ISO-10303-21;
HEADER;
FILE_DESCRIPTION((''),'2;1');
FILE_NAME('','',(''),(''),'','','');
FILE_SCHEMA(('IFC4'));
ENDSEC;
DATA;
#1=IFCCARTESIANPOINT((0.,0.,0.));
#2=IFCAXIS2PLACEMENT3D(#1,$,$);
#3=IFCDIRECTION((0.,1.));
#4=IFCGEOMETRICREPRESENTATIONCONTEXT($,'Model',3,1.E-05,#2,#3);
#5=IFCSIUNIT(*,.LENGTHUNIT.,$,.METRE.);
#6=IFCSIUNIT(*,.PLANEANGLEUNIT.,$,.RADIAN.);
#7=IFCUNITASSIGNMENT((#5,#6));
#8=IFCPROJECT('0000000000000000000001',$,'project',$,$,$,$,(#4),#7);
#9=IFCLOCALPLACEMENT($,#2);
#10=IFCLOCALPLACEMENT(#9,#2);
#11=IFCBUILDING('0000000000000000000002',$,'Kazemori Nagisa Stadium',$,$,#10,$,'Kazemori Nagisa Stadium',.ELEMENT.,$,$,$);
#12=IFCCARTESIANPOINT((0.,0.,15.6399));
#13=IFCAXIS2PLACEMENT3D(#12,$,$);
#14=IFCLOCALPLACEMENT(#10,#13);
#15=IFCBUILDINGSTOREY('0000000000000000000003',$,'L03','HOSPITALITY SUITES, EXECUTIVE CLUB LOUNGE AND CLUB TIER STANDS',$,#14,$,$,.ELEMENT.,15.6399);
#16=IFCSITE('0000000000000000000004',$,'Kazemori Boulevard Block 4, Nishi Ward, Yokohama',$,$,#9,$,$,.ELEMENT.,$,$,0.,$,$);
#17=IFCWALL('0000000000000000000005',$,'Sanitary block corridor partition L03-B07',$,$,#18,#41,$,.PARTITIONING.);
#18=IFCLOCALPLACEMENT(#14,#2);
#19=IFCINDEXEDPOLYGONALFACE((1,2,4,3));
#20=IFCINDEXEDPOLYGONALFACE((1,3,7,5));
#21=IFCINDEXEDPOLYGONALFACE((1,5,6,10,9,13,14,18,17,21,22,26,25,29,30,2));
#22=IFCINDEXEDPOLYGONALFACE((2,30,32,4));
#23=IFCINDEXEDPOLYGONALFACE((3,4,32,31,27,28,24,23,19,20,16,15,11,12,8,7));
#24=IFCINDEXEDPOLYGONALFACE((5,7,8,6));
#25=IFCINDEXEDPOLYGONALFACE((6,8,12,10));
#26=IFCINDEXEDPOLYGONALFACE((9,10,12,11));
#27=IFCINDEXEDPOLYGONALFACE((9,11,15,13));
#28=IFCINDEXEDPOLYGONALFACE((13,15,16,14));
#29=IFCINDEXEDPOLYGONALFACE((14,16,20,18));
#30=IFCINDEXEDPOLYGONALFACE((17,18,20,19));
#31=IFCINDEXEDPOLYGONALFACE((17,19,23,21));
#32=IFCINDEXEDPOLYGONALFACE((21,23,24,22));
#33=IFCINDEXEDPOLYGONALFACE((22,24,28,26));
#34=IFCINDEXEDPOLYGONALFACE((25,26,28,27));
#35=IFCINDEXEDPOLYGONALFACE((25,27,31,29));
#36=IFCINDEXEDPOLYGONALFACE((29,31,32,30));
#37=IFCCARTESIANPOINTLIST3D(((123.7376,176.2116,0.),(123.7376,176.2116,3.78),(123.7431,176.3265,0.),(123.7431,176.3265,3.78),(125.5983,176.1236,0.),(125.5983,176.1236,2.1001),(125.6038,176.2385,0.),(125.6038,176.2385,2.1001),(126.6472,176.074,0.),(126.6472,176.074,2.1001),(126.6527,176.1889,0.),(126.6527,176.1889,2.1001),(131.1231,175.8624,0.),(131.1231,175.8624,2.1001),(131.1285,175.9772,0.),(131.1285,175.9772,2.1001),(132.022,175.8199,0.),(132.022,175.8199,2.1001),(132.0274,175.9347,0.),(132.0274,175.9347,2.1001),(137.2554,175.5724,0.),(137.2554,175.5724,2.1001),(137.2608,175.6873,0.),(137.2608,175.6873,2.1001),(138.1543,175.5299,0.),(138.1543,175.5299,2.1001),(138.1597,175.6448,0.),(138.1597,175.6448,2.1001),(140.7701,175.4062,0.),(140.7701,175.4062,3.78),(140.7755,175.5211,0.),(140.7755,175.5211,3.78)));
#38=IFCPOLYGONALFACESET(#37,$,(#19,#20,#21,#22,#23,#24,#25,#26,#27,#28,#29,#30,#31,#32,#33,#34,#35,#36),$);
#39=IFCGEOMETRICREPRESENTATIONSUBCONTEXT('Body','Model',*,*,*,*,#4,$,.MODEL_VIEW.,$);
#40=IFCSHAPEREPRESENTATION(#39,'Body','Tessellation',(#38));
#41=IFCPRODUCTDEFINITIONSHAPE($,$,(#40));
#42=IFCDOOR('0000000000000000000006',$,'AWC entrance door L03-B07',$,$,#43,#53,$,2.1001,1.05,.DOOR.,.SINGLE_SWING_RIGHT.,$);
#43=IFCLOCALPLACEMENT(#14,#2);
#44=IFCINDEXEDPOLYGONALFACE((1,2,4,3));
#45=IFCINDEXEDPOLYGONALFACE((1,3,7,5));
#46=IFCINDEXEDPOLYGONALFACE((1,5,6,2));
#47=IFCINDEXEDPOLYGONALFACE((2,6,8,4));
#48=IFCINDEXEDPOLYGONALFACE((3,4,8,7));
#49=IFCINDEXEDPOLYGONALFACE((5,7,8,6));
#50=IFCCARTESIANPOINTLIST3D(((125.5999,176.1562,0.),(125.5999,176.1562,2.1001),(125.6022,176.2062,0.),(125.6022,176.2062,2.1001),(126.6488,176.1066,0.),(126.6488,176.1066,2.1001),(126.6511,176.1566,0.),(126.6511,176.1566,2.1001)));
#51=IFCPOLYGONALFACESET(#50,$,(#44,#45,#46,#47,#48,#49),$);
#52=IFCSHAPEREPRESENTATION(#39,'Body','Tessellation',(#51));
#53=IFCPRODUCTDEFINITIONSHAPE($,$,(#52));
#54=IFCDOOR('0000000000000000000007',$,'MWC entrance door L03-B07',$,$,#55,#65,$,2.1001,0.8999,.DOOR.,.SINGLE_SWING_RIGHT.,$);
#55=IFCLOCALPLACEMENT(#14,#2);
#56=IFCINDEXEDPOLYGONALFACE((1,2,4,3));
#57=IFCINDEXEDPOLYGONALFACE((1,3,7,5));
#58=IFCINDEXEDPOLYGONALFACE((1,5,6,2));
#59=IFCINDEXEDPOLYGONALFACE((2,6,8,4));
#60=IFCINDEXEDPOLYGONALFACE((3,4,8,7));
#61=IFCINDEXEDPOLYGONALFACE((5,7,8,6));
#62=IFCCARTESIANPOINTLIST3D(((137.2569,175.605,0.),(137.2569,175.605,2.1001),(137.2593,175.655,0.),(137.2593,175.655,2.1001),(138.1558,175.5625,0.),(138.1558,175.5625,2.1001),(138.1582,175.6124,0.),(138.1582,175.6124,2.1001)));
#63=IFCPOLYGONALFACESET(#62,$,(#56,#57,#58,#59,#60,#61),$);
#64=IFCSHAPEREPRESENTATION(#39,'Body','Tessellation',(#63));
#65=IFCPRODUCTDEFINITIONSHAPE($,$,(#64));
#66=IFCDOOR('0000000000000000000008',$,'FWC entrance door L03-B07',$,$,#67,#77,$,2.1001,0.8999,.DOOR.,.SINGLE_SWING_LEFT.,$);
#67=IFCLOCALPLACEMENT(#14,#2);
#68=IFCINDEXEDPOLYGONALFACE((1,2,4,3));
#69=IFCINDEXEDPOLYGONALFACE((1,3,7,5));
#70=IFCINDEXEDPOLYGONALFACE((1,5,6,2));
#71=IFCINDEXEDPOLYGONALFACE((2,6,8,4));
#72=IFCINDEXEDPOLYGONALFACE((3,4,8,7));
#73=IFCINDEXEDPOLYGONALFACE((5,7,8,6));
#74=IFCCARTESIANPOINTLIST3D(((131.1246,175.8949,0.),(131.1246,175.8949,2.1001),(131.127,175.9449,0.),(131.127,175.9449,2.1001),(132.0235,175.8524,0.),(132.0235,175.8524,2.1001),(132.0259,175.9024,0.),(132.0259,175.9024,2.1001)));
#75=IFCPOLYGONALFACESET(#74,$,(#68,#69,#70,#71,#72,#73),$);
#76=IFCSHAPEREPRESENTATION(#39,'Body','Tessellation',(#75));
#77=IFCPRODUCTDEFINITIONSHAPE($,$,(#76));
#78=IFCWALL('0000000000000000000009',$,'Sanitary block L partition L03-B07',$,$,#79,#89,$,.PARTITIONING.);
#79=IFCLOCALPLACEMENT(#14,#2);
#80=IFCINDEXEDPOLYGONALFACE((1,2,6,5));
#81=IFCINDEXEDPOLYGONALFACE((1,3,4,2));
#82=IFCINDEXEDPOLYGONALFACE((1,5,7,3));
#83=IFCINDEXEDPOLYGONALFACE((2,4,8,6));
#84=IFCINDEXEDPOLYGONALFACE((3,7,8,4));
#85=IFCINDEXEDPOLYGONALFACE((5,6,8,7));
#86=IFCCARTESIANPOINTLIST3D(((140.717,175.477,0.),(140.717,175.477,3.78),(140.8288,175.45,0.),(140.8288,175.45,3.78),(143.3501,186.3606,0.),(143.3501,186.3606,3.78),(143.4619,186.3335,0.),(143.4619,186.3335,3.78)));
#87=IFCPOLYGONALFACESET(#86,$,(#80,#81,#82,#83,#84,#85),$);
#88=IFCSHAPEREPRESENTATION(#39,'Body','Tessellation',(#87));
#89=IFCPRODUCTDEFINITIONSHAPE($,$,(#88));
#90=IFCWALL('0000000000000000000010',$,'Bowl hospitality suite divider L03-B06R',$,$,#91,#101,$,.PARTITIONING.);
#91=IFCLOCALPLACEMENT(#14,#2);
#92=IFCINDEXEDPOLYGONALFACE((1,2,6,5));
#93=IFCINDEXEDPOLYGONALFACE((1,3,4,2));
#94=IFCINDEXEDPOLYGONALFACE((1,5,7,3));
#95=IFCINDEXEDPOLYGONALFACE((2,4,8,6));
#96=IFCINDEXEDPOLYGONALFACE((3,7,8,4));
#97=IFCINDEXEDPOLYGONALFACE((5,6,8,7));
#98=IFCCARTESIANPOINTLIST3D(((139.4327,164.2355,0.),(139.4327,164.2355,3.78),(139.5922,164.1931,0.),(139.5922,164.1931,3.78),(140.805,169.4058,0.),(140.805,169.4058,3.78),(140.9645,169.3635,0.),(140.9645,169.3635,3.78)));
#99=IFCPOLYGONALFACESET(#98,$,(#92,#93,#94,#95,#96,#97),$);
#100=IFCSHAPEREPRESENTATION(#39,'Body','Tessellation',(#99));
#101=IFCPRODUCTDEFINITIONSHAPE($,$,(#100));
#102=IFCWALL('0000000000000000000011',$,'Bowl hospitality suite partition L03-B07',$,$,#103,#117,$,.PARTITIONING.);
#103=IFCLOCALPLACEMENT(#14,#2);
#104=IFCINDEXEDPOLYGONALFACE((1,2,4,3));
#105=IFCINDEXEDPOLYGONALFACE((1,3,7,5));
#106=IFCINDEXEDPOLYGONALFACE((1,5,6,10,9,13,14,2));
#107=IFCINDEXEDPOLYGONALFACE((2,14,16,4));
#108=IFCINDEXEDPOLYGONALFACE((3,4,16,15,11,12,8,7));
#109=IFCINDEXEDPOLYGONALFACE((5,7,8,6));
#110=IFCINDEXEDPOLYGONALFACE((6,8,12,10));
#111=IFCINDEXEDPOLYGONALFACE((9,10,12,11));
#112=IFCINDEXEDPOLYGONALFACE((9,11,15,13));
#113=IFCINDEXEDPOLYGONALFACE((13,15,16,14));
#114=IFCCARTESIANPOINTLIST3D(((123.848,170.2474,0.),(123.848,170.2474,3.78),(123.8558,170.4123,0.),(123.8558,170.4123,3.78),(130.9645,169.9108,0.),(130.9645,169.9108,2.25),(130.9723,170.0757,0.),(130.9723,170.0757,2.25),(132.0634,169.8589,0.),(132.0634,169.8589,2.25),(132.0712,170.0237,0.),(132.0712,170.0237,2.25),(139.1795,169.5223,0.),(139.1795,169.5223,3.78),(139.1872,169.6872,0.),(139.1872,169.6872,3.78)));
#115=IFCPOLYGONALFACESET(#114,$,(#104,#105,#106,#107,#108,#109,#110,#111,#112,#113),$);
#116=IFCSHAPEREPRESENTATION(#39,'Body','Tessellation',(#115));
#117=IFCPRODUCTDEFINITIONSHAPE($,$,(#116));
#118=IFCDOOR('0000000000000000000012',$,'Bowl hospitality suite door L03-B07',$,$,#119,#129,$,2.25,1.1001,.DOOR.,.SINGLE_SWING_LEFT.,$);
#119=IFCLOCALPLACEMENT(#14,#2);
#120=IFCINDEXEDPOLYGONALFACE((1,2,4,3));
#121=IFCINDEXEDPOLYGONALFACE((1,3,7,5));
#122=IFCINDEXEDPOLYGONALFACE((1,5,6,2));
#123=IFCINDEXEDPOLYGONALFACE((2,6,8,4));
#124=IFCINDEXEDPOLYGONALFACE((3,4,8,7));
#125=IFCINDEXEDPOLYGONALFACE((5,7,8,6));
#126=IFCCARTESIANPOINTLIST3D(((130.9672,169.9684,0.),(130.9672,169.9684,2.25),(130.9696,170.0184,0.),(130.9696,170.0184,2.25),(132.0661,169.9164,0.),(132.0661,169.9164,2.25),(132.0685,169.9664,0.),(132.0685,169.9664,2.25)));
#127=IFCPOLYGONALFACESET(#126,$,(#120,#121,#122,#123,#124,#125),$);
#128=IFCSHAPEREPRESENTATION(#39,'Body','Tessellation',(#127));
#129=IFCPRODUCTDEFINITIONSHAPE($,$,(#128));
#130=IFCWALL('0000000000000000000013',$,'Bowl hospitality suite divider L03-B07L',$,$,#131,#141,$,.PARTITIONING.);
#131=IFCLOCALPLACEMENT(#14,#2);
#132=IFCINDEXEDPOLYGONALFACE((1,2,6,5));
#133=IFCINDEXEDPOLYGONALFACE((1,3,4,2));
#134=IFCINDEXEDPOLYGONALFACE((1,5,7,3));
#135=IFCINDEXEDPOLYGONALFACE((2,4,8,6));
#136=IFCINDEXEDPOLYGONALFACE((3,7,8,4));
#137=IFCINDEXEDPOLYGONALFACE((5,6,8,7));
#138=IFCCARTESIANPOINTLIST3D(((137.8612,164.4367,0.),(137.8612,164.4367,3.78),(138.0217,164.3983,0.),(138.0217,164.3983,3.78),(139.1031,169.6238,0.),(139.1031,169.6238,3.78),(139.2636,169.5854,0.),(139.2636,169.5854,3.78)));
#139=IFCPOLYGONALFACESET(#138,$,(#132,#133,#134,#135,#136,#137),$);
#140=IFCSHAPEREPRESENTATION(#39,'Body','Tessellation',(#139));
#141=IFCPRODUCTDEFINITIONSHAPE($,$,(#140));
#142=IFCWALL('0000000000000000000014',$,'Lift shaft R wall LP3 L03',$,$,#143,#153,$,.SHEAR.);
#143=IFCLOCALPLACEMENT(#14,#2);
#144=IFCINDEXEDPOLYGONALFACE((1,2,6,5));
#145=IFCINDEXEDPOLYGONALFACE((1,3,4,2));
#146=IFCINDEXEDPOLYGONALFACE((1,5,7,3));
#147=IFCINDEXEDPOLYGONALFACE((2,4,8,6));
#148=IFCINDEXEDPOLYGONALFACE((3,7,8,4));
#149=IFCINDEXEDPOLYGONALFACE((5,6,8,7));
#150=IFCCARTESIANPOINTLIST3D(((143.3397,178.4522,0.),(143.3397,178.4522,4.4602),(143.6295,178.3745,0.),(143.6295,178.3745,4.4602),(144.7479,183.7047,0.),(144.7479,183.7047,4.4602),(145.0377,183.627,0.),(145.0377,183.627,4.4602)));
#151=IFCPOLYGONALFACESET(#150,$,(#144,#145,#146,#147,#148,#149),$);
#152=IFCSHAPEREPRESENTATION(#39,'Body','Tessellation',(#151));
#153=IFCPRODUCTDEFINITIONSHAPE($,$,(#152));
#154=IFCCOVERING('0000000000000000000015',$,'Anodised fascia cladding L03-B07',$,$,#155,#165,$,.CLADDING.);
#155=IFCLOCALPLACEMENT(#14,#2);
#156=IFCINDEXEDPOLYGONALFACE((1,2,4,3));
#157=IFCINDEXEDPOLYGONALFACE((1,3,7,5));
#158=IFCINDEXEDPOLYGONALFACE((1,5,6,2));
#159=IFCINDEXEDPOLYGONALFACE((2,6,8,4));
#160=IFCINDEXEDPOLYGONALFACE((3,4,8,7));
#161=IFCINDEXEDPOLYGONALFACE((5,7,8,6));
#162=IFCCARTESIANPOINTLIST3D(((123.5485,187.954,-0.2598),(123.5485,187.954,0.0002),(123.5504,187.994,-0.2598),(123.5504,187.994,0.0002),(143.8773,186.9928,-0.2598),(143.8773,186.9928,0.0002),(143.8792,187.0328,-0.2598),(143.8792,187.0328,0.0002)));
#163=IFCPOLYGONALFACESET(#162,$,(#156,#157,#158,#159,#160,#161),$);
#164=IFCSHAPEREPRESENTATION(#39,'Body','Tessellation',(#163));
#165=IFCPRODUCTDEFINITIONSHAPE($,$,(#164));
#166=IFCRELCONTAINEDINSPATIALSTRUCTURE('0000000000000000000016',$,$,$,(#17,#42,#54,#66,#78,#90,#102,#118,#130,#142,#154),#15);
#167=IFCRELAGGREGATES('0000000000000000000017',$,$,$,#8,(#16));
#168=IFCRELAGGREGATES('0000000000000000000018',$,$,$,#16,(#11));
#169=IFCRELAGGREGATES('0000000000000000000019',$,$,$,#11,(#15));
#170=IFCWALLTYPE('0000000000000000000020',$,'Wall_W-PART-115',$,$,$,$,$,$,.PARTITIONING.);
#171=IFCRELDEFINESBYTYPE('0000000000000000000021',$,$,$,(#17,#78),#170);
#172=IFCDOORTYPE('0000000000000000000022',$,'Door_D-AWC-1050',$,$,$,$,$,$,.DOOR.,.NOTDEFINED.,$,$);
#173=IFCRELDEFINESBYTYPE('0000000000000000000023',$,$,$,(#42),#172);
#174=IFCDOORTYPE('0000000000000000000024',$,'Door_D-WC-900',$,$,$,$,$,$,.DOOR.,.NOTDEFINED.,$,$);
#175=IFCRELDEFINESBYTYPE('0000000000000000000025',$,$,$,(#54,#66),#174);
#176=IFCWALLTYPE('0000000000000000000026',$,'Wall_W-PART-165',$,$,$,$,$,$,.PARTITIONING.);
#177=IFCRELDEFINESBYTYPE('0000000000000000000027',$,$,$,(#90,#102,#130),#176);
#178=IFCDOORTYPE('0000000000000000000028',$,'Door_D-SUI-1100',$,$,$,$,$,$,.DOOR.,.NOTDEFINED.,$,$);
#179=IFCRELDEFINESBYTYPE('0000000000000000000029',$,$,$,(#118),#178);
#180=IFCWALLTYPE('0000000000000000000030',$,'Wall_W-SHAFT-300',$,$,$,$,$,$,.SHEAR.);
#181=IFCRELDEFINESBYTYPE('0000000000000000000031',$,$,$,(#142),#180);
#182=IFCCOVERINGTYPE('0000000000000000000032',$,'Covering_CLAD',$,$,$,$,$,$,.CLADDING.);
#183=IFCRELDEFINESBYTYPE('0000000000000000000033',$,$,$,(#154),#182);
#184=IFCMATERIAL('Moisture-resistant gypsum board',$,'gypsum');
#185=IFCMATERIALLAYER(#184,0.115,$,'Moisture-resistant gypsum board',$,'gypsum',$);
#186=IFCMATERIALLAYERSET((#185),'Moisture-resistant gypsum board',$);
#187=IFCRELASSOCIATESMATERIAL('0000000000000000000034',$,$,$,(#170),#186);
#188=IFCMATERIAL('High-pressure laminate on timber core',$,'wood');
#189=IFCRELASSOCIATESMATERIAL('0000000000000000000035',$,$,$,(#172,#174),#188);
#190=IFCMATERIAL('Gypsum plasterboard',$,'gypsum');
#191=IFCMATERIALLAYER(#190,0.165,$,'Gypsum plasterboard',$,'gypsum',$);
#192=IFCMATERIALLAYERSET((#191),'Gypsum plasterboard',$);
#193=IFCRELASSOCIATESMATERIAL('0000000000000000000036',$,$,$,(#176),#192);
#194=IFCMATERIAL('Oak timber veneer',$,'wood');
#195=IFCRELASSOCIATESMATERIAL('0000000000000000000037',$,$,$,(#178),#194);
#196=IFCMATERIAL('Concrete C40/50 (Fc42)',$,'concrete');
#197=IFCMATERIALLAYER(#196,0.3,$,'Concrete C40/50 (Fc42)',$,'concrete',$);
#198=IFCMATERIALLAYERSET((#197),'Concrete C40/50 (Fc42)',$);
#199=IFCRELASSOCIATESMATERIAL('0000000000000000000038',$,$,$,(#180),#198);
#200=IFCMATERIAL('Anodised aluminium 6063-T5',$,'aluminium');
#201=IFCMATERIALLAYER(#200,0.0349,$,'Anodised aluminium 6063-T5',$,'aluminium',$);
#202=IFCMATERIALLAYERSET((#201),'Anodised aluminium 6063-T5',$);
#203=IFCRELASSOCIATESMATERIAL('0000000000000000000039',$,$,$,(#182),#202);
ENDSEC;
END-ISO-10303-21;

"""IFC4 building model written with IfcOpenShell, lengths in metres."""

from ifc_helpers import new_model, si_unit, direction, frame, frame_2d, origin, origin_2d, place, context, subcontext, project, spatial, rectangle, extrude, material, layer, layer_set, type_object, element, fill, save


model = new_model("IFC4")

# Units and contexts
model_context = context("Model", 3, precision=1e-05, world=origin(), true_north=direction((0.0, 1.0)))
body_context = subcontext(model_context, "Body", "Model", "MODEL_VIEW")
ifc_project = project(units=[si_unit("LENGTHUNIT", "METRE"), si_unit("PLANEANGLEUNIT", "RADIAN")], contexts=[model_context])

# Site, building, storey
site_placement = place(None, origin())
site = spatial("IfcSite", under=ifc_project, at=site_placement, Name="Kazemori Boulevard Block 4, Nishi Ward, Yokohama", CompositionType="ELEMENT", RefElevation=0.0)
building_placement = place(site_placement, origin())
building = spatial("IfcBuilding", under=site, at=building_placement, Name="Kazemori Nagisa Stadium", LongName="Kazemori Nagisa Stadium", CompositionType="ELEMENT")
storey_placement = place(building_placement, frame((0.0, 0.0, 15.6399)))
storey = spatial("IfcBuildingStorey", under=building, at=storey_placement, Name="L03", Description="HOSPITALITY SUITES, EXECUTIVE CLUB LOUNGE AND CLUB TIER STANDS", CompositionType="ELEMENT", Elevation=15.6399)

# Shared definitions
ifc_material_1 = material(Name="Concrete C40/50 (Fc42)", Category="concrete")

# Shared definitions
ifc_material_2 = material(Name="Anodised aluminium 6063-T5", Category="aluminium")

# Wall, openings, doors
ifc_material_3 = material(Name="Moisture-resistant gypsum board", Category="gypsum")
ifc_layer_1 = layer(ifc_material_3, 0.115, Name="Moisture-resistant gypsum board", Category="gypsum")
ifc_layer_set_1 = layer_set([ifc_layer_1], Name="Moisture-resistant gypsum board")
wall_type_1 = type_object("IfcWallType", Name="Wall_W-PART-115", PredefinedType="PARTITIONING", material=ifc_layer_set_1)
wall_1_placement = place(storey_placement, frame((140.7729, 175.4636, 0.0), z_axis=(0.0, 0.0, 1.0), x_axis=(-0.998884, 0.047235, 0.0)))
wall_1 = element("IfcWall", 1, at=wall_1_placement, inside=storey, type_object=wall_type_1, Name="Sanitary block corridor partition L03-B07", PredefinedType="PARTITIONING", context=body_context, shape_type="SweptSolid", body=[
    extrude(rectangle(XDim=17.0515, YDim=0.115, at=frame_2d((8.5259, 0.0))), origin(), (0.0, 0.0, 1.0), 3.78),
])
opening_1_placement = place(wall_1_placement, frame((2.6189, 0.0, 0.0)))
opening_1 = element("IfcOpeningElement", 2, at=opening_1_placement, cuts=wall_1, PredefinedType="OPENING", context=body_context, shape_type="SweptSolid", body=[
    extrude(rectangle(XDim=0.8999, YDim=2.1001, at=frame_2d((0.45, 1.05))), frame((0.0, 0.0674, 0.0), z_axis=(0.0, -1.0, 0.0), x_axis=(1.0, 0.0, 0.0)), (0.0, 0.0, 1.0), 0.135),
])
opening_2_placement = place(wall_1_placement, frame((8.7581, 0.0, 0.0)))
opening_2 = element("IfcOpeningElement", 3, at=opening_2_placement, cuts=wall_1, PredefinedType="OPENING", context=body_context, shape_type="SweptSolid", body=[
    extrude(rectangle(XDim=0.8999, YDim=2.1001, at=frame_2d((0.45, 1.05))), frame((0.0, 0.0674, 0.0), z_axis=(0.0, -1.0, 0.0), x_axis=(1.0, 0.0, 0.0)), (0.0, 0.0, 1.0), 0.135),
])
opening_3_placement = place(wall_1_placement, frame((14.1389, 0.0, 0.0)))
opening_3 = element("IfcOpeningElement", 4, at=opening_3_placement, cuts=wall_1, PredefinedType="OPENING", context=body_context, shape_type="SweptSolid", body=[
    extrude(rectangle(XDim=1.05, YDim=2.1001, at=frame_2d((0.5249, 1.05))), frame((0.0, 0.0674, 0.0), z_axis=(0.0, -1.0, 0.0), x_axis=(1.0, 0.0, 0.0)), (0.0, 0.0, 1.0), 0.135),
])
ifc_material_4 = material(Name="High-pressure laminate on timber core", Category="wood")
door_type_1 = type_object("IfcDoorType", Name="Door_D-AWC-1050", OperationType="NOTDEFINED", PredefinedType="DOOR", material=ifc_material_4)
door_1_placement = place(opening_3_placement, origin())
door_1 = element("IfcDoor", 5, at=door_1_placement, inside=storey, type_object=door_type_1, Name="AWC entrance door L03-B07", OperationType="SINGLE_SWING_RIGHT", OverallHeight=2.1001, OverallWidth=1.05, PredefinedType="DOOR", context=body_context, shape_type="SweptSolid", body=[
    extrude(rectangle(XDim=1.05, YDim=2.1001, at=frame_2d((0.5249, 1.05))), frame((0.0, 0.0249, 0.0), z_axis=(0.0, -1.0, 0.0), x_axis=(1.0, 0.0, 0.0)), (0.0, 0.0, 1.0), 0.05),
])
fill(opening_3, door_1)
door_type_2 = type_object("IfcDoorType", Name="Door_D-WC-900", OperationType="NOTDEFINED", PredefinedType="DOOR", material=ifc_material_4)
door_2_placement = place(opening_1_placement, origin())
door_2 = element("IfcDoor", 6, at=door_2_placement, inside=storey, type_object=door_type_2, Name="MWC entrance door L03-B07", OperationType="SINGLE_SWING_RIGHT", OverallHeight=2.1001, OverallWidth=0.8999, PredefinedType="DOOR", context=body_context, shape_type="SweptSolid", body=[
    extrude(rectangle(XDim=0.8999, YDim=2.1001, at=frame_2d((0.45, 1.05))), frame((0.0, 0.0249, 0.0), z_axis=(0.0, -1.0, 0.0), x_axis=(1.0, 0.0, 0.0)), (0.0, 0.0, 1.0), 0.05),
])
fill(opening_1, door_2)
door_3_placement = place(opening_2_placement, origin())
door_3 = element("IfcDoor", 7, at=door_3_placement, inside=storey, type_object=door_type_2, Name="FWC entrance door L03-B07", OperationType="SINGLE_SWING_LEFT", OverallHeight=2.1001, OverallWidth=0.8999, PredefinedType="DOOR", context=body_context, shape_type="SweptSolid", body=[
    extrude(rectangle(XDim=0.8999, YDim=2.1001, at=frame_2d((0.45, 1.05))), frame((0.0, 0.0249, 0.0), z_axis=(0.0, -1.0, 0.0), x_axis=(1.0, 0.0, 0.0)), (0.0, 0.0, 1.0), 0.05),
])
fill(opening_2, door_3)

# Walls
wall_2_placement = place(storey_placement, frame((140.7729, 175.4636, 0.0), z_axis=(0.0, 0.0, 1.0), x_axis=(0.235146, 0.97196, 0.0)))
element("IfcWall", 8, at=wall_2_placement, inside=storey, type_object=wall_type_1, Name="Sanitary block L partition L03-B07", PredefinedType="PARTITIONING", context=body_context, shape_type="SweptSolid", body=[
    extrude(rectangle(XDim=11.1975, YDim=0.115, at=frame_2d((5.5986, 0.0))), origin(), (0.0, 0.0, 1.0), 3.78),
])
ifc_material_5 = material(Name="Gypsum plasterboard", Category="gypsum")
ifc_layer_2 = layer(ifc_material_5, 0.165, Name="Gypsum plasterboard", Category="gypsum")
ifc_layer_set_2 = layer_set([ifc_layer_2], Name="Gypsum plasterboard")
wall_type_2 = type_object("IfcWallType", Name="Wall_W-PART-165", PredefinedType="PARTITIONING", material=ifc_layer_set_2)
wall_3_placement = place(storey_placement, frame((140.8848, 169.3848, 0.0), z_axis=(0.0, 0.0, 1.0), x_axis=(-0.256535, -0.966535, 0.0)))
element("IfcWall", 9, at=wall_3_placement, inside=storey, type_object=wall_type_2, Name="Bowl hospitality suite divider L03-B06R", PredefinedType="PARTITIONING", context=body_context, shape_type="SweptSolid", body=[
    extrude(rectangle(XDim=5.3494, YDim=0.165, at=frame_2d((2.6748, 0.0))), origin(), (0.0, 0.0, 1.0), 3.78),
])

# Wall, opening, door
wall_4_placement = place(storey_placement, frame((139.1833, 169.6047, 0.0), z_axis=(0.0, 0.0, 1.0), x_axis=(-0.998883, 0.047242, 0.0)))
wall_4 = element("IfcWall", 10, at=wall_4_placement, inside=storey, type_object=wall_type_2, Name="Bowl hospitality suite partition L03-B07", PredefinedType="PARTITIONING", context=body_context, shape_type="SweptSolid", body=[
    extrude(rectangle(XDim=15.3486, YDim=0.165, at=frame_2d((7.6743, 0.0))), origin(), (0.0, 0.0, 1.0), 3.78),
])
opening_4_placement = place(wall_4_placement, frame((7.124, 0.0, 0.0)))
opening_4 = element("IfcOpeningElement", 11, at=opening_4_placement, cuts=wall_4, PredefinedType="OPENING", context=body_context, shape_type="SweptSolid", body=[
    extrude(rectangle(XDim=1.1001, YDim=2.25, at=frame_2d((0.55, 1.125))), frame((0.0, 0.0925, 0.0), z_axis=(0.0, -1.0, 0.0), x_axis=(1.0, 0.0, 0.0)), (0.0, 0.0, 1.0), 0.1851),
])
ifc_material_6 = material(Name="Oak timber veneer", Category="wood")
door_type_3 = type_object("IfcDoorType", Name="Door_D-SUI-1100", OperationType="NOTDEFINED", PredefinedType="DOOR", material=ifc_material_6)
door_4_placement = place(opening_4_placement, origin())
door_4 = element("IfcDoor", 12, at=door_4_placement, inside=storey, type_object=door_type_3, Name="Bowl hospitality suite door L03-B07", OperationType="SINGLE_SWING_LEFT", OverallHeight=2.25, OverallWidth=1.1001, PredefinedType="DOOR", context=body_context, shape_type="SweptSolid", body=[
    extrude(rectangle(XDim=1.1001, YDim=2.25, at=frame_2d((0.55, 1.125))), frame((0.0, 0.0249, 0.0), z_axis=(0.0, -1.0, 0.0), x_axis=(1.0, 0.0, 0.0)), (0.0, 0.0, 1.0), 0.05),
])
fill(opening_4, door_4)

# Walls
wall_5_placement = place(storey_placement, frame((139.1833, 169.6047, 0.0), z_axis=(0.0, 0.0, 1.0), x_axis=(-0.232841, -0.972515, 0.0)))
element("IfcWall", 13, at=wall_5_placement, inside=storey, type_object=wall_type_2, Name="Bowl hospitality suite divider L03-B07L", PredefinedType="PARTITIONING", context=body_context, shape_type="SweptSolid", body=[
    extrude(rectangle(XDim=5.3337, YDim=0.165, at=frame_2d((2.667, 0.0))), origin(), (0.0, 0.0, 1.0), 3.78),
])
ifc_layer_3 = layer(ifc_material_1, 0.3, Name="Concrete C40/50 (Fc42)", Category="concrete")
ifc_layer_set_3 = layer_set([ifc_layer_3], Name="Concrete C40/50 (Fc42)")
wall_type_3 = type_object("IfcWallType", Name="Wall_W-SHAFT-300", PredefinedType="SHEAR", material=ifc_layer_set_3)
wall_6_placement = place(storey_placement, frame((143.4846, 178.4133, 0.0), z_axis=(0.0, 0.0, 1.0), x_axis=(0.258959, 0.965888, 0.0)))
element("IfcWall", 14, at=wall_6_placement, inside=storey, type_object=wall_type_3, Name="Lift shaft R wall LP3 L03", PredefinedType="SHEAR", context=body_context, shape_type="SweptSolid", body=[
    extrude(rectangle(XDim=5.438, YDim=0.3, at=frame_2d((2.719, 0.0))), origin(), (0.0, 0.0, 1.0), 4.4602),
])

# Covering
ifc_layer_4 = layer(ifc_material_2, 0.0349, Name="Anodised aluminium 6063-T5", Category="aluminium")
ifc_layer_set_4 = layer_set([ifc_layer_4], Name="Anodised aluminium 6063-T5")
covering_type = type_object("IfcCoveringType", Name="Covering_CLAD", PredefinedType="CLADDING", material=ifc_layer_set_4)
covering_placement = place(storey_placement, frame((133.7139, 187.4934, -0.2598), z_axis=(0.0, 0.0, 1.0), x_axis=(-0.998884, 0.04723, 0.0)))
element("IfcCovering", 15, at=covering_placement, inside=storey, type_object=covering_type, Name="Anodised fascia cladding L03-B07", PredefinedType="CLADDING", context=body_context, shape_type="SweptSolid", body=[
    extrude(rectangle(XDim=20.3516, YDim=0.04, at=origin_2d()), origin(), (0.0, 0.0, 1.0), 0.26),
])

save(model, "model.ifc")
